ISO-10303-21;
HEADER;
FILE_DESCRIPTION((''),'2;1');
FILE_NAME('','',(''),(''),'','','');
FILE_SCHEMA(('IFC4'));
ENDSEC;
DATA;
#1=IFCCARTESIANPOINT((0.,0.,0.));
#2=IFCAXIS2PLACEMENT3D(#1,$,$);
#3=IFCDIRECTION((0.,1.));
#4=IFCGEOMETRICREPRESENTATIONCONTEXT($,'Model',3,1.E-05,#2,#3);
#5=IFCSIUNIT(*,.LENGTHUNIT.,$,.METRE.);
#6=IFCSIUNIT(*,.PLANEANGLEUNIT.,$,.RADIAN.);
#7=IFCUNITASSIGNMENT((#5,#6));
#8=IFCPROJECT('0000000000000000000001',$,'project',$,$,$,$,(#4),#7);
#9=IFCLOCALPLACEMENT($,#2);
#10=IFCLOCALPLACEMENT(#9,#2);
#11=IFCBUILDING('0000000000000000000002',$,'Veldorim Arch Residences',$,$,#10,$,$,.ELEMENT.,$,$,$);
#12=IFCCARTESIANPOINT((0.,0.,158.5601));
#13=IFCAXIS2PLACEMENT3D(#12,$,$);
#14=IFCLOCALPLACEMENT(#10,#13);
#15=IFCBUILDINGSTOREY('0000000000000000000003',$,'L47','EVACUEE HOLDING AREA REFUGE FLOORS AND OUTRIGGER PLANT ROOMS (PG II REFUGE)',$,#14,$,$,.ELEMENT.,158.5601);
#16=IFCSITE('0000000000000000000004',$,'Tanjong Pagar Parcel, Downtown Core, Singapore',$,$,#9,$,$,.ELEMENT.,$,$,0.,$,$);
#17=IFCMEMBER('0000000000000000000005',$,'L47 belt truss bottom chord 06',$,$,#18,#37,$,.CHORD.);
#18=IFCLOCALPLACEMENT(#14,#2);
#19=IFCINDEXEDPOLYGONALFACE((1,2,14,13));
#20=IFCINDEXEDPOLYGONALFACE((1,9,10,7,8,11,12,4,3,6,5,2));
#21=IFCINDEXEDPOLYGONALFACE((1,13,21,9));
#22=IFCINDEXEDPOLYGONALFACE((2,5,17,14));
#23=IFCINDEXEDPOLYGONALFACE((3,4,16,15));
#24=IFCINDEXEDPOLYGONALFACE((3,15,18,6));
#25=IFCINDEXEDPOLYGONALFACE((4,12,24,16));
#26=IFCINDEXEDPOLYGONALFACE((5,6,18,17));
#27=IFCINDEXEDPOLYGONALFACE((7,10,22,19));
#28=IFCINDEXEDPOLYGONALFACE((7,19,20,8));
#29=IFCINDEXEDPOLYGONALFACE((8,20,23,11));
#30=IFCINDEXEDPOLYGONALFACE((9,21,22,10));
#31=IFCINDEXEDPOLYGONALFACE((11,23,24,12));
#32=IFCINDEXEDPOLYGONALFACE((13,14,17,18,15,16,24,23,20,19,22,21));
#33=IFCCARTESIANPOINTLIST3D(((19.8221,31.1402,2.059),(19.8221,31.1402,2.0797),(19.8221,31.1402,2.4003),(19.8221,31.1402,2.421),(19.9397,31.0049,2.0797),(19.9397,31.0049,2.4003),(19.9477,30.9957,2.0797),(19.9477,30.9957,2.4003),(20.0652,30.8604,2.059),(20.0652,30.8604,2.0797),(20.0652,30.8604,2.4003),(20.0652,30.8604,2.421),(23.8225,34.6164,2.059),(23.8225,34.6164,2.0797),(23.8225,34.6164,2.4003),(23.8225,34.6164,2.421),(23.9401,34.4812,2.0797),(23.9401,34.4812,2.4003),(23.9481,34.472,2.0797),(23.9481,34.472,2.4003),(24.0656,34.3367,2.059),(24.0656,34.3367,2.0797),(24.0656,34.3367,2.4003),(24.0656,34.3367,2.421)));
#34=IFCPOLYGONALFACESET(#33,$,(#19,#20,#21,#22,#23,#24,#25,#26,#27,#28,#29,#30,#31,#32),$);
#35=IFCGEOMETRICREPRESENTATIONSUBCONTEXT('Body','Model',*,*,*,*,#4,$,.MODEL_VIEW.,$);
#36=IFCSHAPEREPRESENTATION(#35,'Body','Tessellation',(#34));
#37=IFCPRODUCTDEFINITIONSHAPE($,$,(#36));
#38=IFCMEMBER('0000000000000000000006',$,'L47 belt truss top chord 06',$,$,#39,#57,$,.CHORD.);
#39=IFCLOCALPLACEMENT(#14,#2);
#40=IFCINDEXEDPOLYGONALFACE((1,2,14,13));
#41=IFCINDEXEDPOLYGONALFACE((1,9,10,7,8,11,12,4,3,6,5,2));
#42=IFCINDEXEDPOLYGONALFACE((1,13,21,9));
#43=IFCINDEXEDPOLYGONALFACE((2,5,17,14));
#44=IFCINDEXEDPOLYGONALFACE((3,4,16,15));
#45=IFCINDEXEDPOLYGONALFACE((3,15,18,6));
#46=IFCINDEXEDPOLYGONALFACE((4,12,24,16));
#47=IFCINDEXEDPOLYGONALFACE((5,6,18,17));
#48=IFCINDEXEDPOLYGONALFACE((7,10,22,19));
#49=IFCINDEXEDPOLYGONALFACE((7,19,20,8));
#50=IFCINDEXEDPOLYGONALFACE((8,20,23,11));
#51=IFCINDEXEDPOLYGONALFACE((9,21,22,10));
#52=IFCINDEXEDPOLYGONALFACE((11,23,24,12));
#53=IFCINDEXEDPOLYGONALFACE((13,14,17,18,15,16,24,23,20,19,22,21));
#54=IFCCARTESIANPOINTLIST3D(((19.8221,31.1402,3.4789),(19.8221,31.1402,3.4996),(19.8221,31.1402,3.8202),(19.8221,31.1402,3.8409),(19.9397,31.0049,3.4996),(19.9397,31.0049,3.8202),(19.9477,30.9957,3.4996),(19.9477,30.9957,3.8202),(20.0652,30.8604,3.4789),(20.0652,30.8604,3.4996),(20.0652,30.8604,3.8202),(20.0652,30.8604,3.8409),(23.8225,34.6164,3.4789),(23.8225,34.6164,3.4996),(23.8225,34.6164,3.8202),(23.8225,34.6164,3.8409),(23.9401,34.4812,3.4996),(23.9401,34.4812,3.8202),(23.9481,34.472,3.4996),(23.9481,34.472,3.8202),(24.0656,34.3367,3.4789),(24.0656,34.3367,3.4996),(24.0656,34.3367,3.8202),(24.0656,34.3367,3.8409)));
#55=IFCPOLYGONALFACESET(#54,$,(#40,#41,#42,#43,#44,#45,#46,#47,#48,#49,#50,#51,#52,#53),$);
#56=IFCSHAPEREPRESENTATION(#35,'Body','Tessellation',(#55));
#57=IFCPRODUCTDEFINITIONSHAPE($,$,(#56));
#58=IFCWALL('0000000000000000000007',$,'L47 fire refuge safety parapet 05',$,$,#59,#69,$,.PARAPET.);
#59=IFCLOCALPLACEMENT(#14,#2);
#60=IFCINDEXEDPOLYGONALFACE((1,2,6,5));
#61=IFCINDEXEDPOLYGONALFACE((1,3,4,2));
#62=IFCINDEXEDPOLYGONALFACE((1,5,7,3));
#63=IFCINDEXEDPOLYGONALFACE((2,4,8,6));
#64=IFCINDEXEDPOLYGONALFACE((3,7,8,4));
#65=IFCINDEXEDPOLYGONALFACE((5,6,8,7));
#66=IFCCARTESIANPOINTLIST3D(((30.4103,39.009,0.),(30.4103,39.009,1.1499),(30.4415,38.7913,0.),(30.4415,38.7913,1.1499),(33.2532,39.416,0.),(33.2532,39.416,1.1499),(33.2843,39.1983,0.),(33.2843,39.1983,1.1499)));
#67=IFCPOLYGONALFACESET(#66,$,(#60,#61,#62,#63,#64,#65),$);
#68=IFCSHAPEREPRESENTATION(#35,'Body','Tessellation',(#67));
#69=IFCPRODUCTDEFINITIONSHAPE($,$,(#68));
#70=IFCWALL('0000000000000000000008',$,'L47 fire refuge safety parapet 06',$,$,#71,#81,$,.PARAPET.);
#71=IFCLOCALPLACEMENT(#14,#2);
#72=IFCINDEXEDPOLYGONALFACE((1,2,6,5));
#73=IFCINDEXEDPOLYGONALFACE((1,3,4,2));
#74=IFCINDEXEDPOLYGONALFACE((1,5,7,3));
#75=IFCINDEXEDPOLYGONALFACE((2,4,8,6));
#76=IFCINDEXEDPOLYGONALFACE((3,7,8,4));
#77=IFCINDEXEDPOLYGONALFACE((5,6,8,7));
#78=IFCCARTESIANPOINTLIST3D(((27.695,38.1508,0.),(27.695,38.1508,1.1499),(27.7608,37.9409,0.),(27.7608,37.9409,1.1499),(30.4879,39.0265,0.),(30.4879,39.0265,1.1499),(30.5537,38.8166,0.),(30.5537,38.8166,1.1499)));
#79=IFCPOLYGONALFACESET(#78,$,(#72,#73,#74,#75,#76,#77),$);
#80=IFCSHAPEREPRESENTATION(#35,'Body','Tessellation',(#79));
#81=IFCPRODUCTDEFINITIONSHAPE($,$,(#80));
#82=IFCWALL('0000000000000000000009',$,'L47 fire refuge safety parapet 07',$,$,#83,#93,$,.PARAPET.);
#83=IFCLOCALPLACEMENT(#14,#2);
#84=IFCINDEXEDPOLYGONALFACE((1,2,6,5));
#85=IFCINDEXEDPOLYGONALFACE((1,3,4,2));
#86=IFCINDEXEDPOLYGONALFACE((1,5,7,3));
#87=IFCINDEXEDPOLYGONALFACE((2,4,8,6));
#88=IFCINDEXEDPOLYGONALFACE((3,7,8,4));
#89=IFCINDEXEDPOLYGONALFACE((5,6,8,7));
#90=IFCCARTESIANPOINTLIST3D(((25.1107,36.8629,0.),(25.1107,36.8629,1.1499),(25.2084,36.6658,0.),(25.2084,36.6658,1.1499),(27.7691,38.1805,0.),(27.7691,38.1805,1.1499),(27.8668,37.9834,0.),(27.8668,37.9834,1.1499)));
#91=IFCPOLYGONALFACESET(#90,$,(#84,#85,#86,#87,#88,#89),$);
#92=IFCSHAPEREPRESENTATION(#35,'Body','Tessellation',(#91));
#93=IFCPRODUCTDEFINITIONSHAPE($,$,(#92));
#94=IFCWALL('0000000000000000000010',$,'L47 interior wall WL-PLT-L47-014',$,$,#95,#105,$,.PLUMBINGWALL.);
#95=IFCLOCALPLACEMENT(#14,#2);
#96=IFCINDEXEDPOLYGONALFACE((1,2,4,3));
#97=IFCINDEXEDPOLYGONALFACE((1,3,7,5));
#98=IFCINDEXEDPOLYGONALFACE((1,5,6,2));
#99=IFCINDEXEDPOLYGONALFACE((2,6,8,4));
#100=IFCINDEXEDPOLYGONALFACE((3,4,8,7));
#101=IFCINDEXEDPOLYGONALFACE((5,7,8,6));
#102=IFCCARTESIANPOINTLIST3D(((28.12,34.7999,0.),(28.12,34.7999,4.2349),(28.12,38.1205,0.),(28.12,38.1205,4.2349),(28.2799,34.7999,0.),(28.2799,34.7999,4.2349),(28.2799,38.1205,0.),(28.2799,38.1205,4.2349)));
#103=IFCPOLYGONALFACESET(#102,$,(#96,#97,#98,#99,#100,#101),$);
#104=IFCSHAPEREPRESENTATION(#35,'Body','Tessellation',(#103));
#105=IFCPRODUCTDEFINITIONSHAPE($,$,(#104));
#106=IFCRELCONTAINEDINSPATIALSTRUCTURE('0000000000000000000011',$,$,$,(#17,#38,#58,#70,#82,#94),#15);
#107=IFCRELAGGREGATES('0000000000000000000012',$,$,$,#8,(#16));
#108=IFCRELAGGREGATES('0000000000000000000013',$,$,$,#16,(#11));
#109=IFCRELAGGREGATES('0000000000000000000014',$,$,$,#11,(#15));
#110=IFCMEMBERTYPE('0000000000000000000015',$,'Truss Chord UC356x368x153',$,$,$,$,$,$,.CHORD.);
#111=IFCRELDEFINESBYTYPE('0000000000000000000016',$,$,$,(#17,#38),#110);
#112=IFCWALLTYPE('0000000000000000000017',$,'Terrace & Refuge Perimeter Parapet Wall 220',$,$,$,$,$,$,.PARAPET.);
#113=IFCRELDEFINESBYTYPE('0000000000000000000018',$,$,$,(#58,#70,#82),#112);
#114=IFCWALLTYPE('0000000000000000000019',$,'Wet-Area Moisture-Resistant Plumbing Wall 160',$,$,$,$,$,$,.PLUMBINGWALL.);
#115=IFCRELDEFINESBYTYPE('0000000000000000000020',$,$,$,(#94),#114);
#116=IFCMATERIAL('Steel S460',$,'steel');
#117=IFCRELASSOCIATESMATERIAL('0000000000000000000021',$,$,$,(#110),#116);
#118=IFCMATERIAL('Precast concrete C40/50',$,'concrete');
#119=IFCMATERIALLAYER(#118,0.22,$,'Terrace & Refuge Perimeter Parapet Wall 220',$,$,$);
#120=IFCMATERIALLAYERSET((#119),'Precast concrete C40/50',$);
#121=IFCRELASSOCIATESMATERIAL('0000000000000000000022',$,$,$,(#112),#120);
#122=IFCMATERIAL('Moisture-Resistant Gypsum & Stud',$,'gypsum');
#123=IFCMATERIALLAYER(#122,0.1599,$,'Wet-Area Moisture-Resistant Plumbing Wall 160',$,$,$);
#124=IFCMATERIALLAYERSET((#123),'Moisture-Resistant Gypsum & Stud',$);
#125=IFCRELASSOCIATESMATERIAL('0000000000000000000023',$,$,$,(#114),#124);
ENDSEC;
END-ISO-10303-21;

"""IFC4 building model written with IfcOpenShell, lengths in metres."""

from ifc_helpers import new_model, si_unit, direction, frame, frame_2d, origin, origin_2d, place, context, subcontext, project, spatial, rectangle, i_section, extrude, material, layer, layer_set, material_profile, profile_set, type_object, element, save


model = new_model("IFC4")

# Units and contexts
model_context = context("Model", 3, precision=1e-05, world=origin(), true_north=direction((0.0, 1.0)))
body_context = subcontext(model_context, "Body", "Model", "MODEL_VIEW")
ifc_project = project(units=[si_unit("LENGTHUNIT", "METRE"), si_unit("PLANEANGLEUNIT", "RADIAN")], contexts=[model_context])

# Site, building, storey
site_placement = place(None, origin())
site = spatial("IfcSite", under=ifc_project, at=site_placement, Name="Tanjong Pagar Parcel, Downtown Core, Singapore", CompositionType="ELEMENT", RefElevation=0.0)
building_placement = place(site_placement, origin())
building = spatial("IfcBuilding", under=site, at=building_placement, Name="Veldorim Arch Residences", CompositionType="ELEMENT")
storey_placement = place(building_placement, frame((0.0, 0.0, 158.5601)))
storey = spatial("IfcBuildingStorey", under=building, at=storey_placement, Name="L47", Description="EVACUEE HOLDING AREA REFUGE FLOORS AND OUTRIGGER PLANT ROOMS (PG II REFUGE)", CompositionType="ELEMENT", Elevation=158.5601)

# Members
ifc_material_1 = material(Name="Steel S460", Category="steel")
ifc_material_profile_1 = material_profile(ifc_material_1, i_section(OverallWidth=0.3706, OverallDepth=0.3621, WebThickness=0.0122, FlangeThickness=0.0208, at=origin_2d()), Name="UC356x368x153")
ifc_profile_set_1 = profile_set([ifc_material_profile_1], Name="Steel S460")
member_type = type_object("IfcMemberType", Name="Truss Chord UC356x368x153", PredefinedType="CHORD", material=ifc_profile_set_1)
for number, where, z_axis, x_axis, name in (
    (1, (23.9441, 34.4766, 2.24), (-0.754827, -0.655924, 0.0), (0.655924, -0.754827, 0.0), "L47 belt truss bottom chord 06"),
    (2, (23.9441, 34.4766, 3.6599), (-0.754827, -0.655924, 0.0), (0.655924, -0.754827, 0.0), "L47 belt truss top chord 06"),
):
    element("IfcMember", number, at=place(storey_placement, frame(where, z_axis=z_axis, x_axis=x_axis)), inside=storey, type_object=member_type, Name=name, PredefinedType="CHORD", context=body_context, shape_type="SweptSolid", body=[
        extrude(i_section(OverallWidth=0.3706, OverallDepth=0.3621, WebThickness=0.0122, FlangeThickness=0.0208, at=origin_2d()), origin(), (0.0, 0.0, 1.0), 5.2998),
    ])

# Walls
ifc_material_2 = material(Name="Precast concrete C40/50", Category="concrete")
ifc_layer_1 = layer(ifc_material_2, 0.22, Name="Terrace & Refuge Perimeter Parapet Wall 220")
ifc_layer_set_1 = layer_set([ifc_layer_1], Name="Precast concrete C40/50")
wall_type_1 = type_object("IfcWallType", Name="Terrace & Refuge Perimeter Parapet Wall 220", PredefinedType="PARAPET", material=ifc_layer_set_1)
wall_1_placement = place(storey_placement, frame((30.4258, 38.9001, 0.0), z_axis=(0.0, 0.0, 1.0), x_axis=(0.989907, 0.141719, 0.0)))
element("IfcWall", 3, at=wall_1_placement, inside=storey, type_object=wall_type_1, Name="L47 fire refuge safety parapet 05", PredefinedType="PARAPET", context=body_context, shape_type="SweptSolid", body=[
    extrude(rectangle(XDim=2.8718, YDim=0.22, at=frame_2d((1.436, 0.0))), origin(), (0.0, 0.0, 1.0), 1.1499),
])
wall_2_placement = place(storey_placement, frame((27.728, 38.0459, 0.0), z_axis=(0.0, 0.0, 1.0), x_axis=(0.954195, 0.299187, 0.0)))
element("IfcWall", 4, at=wall_2_placement, inside=storey, type_object=wall_type_1, Name="L47 fire refuge safety parapet 06", PredefinedType="PARAPET", context=body_context, shape_type="SweptSolid", body=[
    extrude(rectangle(XDim=2.927, YDim=0.22, at=frame_2d((1.4634, 0.0))), origin(), (0.0, 0.0, 1.0), 1.1499),
])
wall_3_placement = place(storey_placement, frame((25.1597, 36.7644, 0.0), z_axis=(0.0, 0.0, 1.0), x_axis=(0.895985, 0.444084, 0.0)))
element("IfcWall", 5, at=wall_3_placement, inside=storey, type_object=wall_type_1, Name="L47 fire refuge safety parapet 07", PredefinedType="PARAPET", context=body_context, shape_type="SweptSolid", body=[
    extrude(rectangle(XDim=2.967, YDim=0.22, at=frame_2d((1.4834, 0.0))), origin(), (0.0, 0.0, 1.0), 1.1499),
])
ifc_material_3 = material(Name="Moisture-Resistant Gypsum & Stud", Category="gypsum")
ifc_layer_2 = layer(ifc_material_3, 0.1599, Name="Wet-Area Moisture-Resistant Plumbing Wall 160")
ifc_layer_set_2 = layer_set([ifc_layer_2], Name="Moisture-Resistant Gypsum & Stud")
wall_type_2 = type_object("IfcWallType", Name="Wet-Area Moisture-Resistant Plumbing Wall 160", PredefinedType="PLUMBINGWALL", material=ifc_layer_set_2)
wall_4_placement = place(storey_placement, frame((28.2, 34.8, 0.0), z_axis=(0.0, 0.0, 1.0), x_axis=(0.0, 1.0, 0.0)))
element("IfcWall", 6, at=wall_4_placement, inside=storey, type_object=wall_type_2, Name="L47 interior wall WL-PLT-L47-014", PredefinedType="PLUMBINGWALL", context=body_context, shape_type="SweptSolid", body=[
    extrude(rectangle(XDim=3.3206, YDim=0.1599, at=frame_2d((1.6602, 0.0))), origin(), (0.0, 0.0, 1.0), 4.2349),
])

save(model, "model.ifc")
